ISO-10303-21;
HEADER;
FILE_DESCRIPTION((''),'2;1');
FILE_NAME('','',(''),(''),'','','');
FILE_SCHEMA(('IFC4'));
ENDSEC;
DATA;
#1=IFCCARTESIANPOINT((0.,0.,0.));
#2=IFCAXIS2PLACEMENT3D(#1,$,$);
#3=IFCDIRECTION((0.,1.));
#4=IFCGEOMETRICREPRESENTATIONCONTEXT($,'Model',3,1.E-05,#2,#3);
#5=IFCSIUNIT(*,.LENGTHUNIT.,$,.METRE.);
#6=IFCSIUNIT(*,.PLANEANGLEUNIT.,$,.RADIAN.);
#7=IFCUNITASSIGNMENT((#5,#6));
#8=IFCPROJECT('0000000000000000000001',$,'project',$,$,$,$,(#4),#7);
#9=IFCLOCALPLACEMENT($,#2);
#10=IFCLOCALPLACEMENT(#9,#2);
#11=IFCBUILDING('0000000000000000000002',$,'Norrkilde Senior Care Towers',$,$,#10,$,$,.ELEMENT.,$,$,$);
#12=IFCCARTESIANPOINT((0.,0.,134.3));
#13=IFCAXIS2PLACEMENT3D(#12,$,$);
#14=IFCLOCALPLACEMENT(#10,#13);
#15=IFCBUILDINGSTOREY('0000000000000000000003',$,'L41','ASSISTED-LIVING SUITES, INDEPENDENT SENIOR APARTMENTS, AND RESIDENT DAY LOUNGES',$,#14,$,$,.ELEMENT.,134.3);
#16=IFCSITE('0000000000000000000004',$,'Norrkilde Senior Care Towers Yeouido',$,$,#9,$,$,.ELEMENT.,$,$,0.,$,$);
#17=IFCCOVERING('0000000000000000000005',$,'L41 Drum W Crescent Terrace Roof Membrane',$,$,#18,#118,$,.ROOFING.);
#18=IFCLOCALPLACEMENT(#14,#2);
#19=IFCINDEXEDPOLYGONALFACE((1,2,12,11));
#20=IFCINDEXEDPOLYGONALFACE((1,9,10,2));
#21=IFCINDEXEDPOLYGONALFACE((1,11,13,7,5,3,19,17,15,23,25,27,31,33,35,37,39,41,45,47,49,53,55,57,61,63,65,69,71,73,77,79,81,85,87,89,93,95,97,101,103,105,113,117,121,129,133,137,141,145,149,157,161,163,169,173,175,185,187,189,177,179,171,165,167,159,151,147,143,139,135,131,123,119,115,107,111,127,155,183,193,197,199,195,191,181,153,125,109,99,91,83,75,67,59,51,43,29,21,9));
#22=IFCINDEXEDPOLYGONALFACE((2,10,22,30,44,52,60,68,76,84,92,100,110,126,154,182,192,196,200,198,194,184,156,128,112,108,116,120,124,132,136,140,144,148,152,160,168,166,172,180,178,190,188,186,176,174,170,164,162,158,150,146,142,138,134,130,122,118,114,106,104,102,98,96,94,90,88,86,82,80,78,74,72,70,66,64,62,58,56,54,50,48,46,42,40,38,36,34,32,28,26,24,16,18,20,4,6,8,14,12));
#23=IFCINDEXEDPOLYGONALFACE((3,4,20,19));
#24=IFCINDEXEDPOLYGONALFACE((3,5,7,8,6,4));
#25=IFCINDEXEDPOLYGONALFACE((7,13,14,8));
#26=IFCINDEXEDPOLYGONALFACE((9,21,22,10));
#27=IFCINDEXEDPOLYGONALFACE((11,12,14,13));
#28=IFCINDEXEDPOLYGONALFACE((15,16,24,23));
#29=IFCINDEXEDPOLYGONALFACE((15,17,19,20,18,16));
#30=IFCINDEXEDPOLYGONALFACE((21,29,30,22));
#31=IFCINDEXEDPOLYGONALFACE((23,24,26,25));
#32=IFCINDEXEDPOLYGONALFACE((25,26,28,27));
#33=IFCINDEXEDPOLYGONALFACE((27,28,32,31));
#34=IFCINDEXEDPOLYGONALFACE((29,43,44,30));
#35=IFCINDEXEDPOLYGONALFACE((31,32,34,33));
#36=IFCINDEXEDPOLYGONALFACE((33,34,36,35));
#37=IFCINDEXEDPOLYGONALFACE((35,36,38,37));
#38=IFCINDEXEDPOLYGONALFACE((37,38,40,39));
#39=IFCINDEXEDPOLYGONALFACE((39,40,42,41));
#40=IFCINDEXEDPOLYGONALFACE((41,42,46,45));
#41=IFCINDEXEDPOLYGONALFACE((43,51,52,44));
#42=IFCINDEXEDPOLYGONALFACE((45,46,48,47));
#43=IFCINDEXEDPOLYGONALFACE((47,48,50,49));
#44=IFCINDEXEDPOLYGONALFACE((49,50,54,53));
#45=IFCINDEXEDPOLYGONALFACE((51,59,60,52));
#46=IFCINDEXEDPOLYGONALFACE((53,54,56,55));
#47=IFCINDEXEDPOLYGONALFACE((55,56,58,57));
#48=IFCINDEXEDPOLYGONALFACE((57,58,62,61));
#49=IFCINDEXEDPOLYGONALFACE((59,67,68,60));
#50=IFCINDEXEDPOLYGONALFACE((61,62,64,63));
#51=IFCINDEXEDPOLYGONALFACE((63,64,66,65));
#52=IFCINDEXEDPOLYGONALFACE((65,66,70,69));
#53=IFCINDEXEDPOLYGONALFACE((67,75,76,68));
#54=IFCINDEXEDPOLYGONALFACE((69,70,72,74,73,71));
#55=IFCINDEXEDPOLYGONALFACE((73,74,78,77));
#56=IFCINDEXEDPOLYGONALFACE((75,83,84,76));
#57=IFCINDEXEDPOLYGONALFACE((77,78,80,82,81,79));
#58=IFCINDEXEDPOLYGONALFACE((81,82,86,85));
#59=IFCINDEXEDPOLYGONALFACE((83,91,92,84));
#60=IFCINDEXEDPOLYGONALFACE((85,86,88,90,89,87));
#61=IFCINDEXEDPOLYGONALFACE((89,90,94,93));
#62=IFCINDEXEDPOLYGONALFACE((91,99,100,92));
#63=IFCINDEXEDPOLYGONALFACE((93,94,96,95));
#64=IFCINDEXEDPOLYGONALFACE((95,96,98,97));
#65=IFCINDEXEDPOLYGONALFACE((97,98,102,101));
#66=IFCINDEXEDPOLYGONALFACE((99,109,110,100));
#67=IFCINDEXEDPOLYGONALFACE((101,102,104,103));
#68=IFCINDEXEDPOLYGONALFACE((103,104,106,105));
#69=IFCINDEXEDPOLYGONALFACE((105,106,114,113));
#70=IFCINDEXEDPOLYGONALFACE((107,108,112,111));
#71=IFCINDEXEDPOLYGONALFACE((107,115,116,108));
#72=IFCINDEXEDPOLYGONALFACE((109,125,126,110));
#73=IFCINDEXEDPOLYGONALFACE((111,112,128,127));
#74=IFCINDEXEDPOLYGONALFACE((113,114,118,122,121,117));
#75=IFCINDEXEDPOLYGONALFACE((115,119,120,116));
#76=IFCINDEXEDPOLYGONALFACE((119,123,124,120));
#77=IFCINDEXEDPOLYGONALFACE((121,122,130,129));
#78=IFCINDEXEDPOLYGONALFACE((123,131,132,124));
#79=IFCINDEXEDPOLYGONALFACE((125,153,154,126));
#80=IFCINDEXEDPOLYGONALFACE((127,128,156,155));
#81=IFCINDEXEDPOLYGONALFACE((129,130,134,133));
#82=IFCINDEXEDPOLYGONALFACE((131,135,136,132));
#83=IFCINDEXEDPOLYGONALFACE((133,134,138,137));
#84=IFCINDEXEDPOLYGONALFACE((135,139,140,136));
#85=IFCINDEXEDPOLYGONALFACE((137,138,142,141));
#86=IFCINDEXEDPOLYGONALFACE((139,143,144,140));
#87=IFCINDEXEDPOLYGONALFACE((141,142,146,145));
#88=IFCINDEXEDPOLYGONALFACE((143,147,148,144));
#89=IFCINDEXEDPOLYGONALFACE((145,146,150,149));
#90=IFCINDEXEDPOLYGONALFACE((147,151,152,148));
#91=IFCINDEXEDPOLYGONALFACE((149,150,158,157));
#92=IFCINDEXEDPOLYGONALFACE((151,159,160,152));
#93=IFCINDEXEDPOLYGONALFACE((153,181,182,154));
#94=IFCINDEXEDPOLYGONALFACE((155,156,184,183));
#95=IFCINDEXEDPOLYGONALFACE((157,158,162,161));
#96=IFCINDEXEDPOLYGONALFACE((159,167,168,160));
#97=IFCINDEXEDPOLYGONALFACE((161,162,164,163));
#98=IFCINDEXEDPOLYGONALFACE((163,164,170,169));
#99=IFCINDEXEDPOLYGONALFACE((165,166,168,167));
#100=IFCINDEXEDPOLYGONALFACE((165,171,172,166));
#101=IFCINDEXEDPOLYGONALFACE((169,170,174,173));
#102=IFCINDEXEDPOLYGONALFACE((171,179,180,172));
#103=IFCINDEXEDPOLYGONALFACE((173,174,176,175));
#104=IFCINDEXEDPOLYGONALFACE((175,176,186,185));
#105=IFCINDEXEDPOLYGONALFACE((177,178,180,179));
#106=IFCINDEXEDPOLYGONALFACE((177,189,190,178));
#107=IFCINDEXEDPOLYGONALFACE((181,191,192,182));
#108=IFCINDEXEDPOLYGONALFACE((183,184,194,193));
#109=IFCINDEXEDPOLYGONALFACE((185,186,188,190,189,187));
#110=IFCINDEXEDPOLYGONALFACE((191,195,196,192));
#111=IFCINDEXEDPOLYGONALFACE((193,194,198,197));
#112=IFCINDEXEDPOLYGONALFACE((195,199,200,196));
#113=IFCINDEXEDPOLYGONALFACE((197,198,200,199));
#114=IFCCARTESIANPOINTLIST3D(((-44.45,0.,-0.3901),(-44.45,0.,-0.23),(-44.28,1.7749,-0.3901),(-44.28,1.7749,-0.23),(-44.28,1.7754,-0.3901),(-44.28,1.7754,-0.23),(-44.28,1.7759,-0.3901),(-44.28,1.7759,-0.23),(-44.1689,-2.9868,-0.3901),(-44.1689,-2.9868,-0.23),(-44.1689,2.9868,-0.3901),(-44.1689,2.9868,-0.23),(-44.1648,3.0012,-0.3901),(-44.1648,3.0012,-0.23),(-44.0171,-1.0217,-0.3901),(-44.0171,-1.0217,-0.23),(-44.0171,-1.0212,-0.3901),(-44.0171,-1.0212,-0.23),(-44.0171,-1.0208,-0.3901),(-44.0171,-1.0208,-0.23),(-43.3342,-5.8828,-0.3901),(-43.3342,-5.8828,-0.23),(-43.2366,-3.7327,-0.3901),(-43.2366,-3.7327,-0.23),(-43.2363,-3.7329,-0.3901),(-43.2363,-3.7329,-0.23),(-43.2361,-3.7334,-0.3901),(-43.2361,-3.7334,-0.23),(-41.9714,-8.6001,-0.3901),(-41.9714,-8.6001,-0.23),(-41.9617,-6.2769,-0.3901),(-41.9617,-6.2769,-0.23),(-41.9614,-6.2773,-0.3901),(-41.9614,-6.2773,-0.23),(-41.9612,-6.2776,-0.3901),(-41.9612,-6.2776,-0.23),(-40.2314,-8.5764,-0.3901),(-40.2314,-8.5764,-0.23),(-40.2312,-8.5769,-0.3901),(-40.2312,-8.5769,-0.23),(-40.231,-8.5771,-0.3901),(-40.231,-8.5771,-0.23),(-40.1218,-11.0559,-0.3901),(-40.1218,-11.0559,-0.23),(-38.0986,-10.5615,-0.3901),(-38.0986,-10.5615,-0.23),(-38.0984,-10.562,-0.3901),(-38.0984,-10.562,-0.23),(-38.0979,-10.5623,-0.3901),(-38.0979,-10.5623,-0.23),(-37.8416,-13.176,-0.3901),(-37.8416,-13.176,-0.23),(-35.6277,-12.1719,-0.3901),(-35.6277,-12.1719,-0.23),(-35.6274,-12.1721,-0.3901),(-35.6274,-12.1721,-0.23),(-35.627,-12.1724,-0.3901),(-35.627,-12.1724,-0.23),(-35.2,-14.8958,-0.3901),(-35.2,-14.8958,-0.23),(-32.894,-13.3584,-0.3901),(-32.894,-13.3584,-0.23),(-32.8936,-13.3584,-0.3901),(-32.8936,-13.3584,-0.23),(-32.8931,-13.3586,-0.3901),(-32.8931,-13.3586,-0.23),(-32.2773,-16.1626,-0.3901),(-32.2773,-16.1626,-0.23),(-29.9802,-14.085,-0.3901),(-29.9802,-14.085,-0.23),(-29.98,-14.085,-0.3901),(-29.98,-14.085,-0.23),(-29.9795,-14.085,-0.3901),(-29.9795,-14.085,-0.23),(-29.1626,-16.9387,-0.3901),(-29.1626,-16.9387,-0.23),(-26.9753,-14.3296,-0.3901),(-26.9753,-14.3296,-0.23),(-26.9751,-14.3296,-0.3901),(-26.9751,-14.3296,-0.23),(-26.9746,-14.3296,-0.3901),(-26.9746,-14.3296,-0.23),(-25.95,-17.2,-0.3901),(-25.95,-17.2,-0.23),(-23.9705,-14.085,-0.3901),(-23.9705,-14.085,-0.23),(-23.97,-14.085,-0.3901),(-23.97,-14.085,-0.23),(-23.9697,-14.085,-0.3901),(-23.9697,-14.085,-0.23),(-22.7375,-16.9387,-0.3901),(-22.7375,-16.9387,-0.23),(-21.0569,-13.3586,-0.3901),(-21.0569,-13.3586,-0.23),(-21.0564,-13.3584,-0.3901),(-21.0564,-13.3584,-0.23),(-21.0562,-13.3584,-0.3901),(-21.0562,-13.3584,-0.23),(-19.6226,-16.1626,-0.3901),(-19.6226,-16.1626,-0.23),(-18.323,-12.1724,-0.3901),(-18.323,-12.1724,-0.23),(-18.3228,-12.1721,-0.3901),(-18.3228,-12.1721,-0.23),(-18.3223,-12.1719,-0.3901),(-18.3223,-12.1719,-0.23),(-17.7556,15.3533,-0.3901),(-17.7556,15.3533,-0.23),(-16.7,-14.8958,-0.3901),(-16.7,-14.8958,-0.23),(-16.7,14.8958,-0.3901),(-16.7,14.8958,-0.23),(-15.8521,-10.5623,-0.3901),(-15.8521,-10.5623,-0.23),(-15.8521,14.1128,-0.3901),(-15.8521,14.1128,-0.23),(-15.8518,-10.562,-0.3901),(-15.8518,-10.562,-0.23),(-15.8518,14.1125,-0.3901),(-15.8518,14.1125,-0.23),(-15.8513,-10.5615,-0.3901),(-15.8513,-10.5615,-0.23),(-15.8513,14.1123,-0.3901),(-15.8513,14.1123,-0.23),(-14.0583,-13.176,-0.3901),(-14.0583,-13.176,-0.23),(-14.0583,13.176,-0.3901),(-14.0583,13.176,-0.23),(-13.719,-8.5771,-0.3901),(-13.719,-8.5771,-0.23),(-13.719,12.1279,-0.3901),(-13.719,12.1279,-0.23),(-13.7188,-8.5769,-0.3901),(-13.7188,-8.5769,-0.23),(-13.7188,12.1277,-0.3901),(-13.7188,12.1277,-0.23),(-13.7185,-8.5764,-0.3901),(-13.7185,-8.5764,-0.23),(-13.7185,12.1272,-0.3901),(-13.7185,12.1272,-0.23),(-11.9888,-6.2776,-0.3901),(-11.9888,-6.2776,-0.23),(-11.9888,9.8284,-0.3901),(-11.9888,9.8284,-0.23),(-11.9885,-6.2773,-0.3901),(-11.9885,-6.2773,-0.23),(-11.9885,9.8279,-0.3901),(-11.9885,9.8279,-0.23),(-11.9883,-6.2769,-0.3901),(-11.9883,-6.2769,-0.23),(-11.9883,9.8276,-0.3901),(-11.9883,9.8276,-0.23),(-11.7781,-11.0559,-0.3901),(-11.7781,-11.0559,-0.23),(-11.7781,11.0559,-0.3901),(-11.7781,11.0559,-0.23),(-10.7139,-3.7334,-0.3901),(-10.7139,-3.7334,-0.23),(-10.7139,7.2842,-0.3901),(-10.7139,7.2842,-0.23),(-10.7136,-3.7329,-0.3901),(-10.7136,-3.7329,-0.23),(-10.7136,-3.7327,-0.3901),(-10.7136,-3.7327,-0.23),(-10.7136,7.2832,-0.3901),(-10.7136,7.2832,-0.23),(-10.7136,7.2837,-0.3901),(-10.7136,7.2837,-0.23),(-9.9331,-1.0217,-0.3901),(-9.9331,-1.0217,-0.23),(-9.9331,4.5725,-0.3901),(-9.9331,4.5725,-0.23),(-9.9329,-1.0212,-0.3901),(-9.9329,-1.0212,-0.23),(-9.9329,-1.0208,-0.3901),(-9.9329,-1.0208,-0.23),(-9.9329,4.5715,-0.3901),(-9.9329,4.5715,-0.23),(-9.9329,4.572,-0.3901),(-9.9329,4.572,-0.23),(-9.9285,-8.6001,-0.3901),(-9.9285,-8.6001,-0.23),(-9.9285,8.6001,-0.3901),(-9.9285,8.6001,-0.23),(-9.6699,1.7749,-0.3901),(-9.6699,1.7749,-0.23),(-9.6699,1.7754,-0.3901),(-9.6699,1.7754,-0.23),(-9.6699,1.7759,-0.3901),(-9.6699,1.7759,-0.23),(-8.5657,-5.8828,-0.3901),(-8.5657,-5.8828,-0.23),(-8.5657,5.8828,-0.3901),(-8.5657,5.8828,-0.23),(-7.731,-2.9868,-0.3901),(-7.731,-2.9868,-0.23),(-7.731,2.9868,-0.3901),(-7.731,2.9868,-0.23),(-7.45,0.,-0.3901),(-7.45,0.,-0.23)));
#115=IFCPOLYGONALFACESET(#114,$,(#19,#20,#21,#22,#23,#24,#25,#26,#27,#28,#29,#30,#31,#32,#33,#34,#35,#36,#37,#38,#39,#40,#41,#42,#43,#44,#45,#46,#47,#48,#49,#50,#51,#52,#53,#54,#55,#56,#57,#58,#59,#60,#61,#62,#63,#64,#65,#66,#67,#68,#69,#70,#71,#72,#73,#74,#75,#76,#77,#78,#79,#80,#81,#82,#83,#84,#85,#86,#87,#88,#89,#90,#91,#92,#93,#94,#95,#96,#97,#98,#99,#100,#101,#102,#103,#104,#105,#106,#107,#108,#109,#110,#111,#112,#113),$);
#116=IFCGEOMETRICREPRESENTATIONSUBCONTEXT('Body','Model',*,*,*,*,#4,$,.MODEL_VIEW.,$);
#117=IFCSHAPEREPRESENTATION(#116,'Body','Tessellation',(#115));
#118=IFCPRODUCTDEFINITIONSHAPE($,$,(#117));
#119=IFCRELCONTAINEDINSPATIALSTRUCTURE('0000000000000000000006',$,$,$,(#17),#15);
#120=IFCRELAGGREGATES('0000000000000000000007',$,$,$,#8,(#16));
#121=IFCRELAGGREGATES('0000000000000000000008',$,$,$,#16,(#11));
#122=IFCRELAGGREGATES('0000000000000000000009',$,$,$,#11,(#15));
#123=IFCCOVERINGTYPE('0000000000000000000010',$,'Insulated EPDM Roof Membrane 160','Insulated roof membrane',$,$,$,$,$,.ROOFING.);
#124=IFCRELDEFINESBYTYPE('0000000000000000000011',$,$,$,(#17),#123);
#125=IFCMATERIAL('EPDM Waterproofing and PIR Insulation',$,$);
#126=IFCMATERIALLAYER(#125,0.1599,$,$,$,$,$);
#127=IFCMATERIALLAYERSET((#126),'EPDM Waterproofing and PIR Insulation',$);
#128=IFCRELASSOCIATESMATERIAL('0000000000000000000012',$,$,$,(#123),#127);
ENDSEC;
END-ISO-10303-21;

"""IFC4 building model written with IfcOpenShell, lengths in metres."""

from ifc_helpers import new_model, si_unit, direction, frame, origin, place, context, subcontext, project, spatial, polyline, outline, extrude, material, layer, layer_set, type_object, element, save


model = new_model("IFC4")

# Units and contexts
model_context = context("Model", 3, precision=1e-05, world=origin(), true_north=direction((0.0, 1.0)))
body_context = subcontext(model_context, "Body", "Model", "MODEL_VIEW")
ifc_project = project(units=[si_unit("LENGTHUNIT", "METRE"), si_unit("PLANEANGLEUNIT", "RADIAN")], contexts=[model_context])

# Site, building, storey
site_placement = place(None, origin())
site = spatial("IfcSite", under=ifc_project, at=site_placement, Name="Norrkilde Senior Care Towers Yeouido", CompositionType="ELEMENT", RefElevation=0.0)
building_placement = place(site_placement, origin())
building = spatial("IfcBuilding", under=site, at=building_placement, Name="Norrkilde Senior Care Towers", CompositionType="ELEMENT")
storey_placement = place(building_placement, frame((0.0, 0.0, 134.3)))
storey = spatial("IfcBuildingStorey", under=building, at=storey_placement, Name="L41", Description="ASSISTED-LIVING SUITES, INDEPENDENT SENIOR APARTMENTS, AND RESIDENT DAY LOUNGES", CompositionType="ELEMENT", Elevation=134.3)

# Covering
ifc_material_1 = material(Name="EPDM Waterproofing and PIR Insulation")
ifc_layer_1 = layer(ifc_material_1, 0.1599)
ifc_layer_set_1 = layer_set([ifc_layer_1], Name="EPDM Waterproofing and PIR Insulation")
covering_type_1 = type_object("IfcCoveringType", Name="Insulated EPDM Roof Membrane 160", Description="Insulated roof membrane", PredefinedType="ROOFING", material=ifc_layer_set_1)
covering_1_placement = place(storey_placement, frame((0.0, 0.0, -0.3901)))
element("IfcCovering", 1, at=covering_1_placement, inside=storey, type_object=covering_type_1, Name="L41 Drum W Crescent Terrace Roof Membrane", PredefinedType="ROOFING", context=body_context, shape_type="SweptSolid", body=[
    extrude(outline(polyline([(-16.7, 14.8958), (-14.0583, 13.176), (-11.7781, 11.0559), (-9.9285, 8.6001), (-8.5657, 5.8828), (-7.731, 2.9868), (-7.45, 0.0), (-7.731, -2.9868), (-8.5657, -5.8828), (-9.9285, -8.6001), (-11.7781, -11.0559), (-14.0583, -13.176), (-16.7, -14.8958), (-19.6226, -16.1626), (-22.7375, -16.9387), (-25.95, -17.2), (-29.1626, -16.9387), (-32.2773, -16.1626), (-35.2, -14.8958), (-37.8416, -13.176), (-40.1218, -11.0559), (-41.9714, -8.6001), (-43.3342, -5.8828), (-44.1689, -2.9868), (-44.45, 0.0), (-44.1689, 2.9868), (-44.1648, 3.0012), (-44.28, 1.7759), (-44.28, 1.7754), (-44.28, 1.7749), (-44.0171, -1.0208), (-44.0171, -1.0212), (-44.0171, -1.0217), (-43.2366, -3.7327), (-43.2363, -3.7329), (-43.2361, -3.7334), (-41.9617, -6.2769), (-41.9614, -6.2773), (-41.9612, -6.2776), (-40.2314, -8.5764), (-40.2312, -8.5769), (-40.231, -8.5771), (-38.0986, -10.5615), (-38.0984, -10.562), (-38.0979, -10.5623), (-35.6277, -12.1719), (-35.6274, -12.1721), (-35.627, -12.1724), (-32.894, -13.3584), (-32.8936, -13.3584), (-32.8931, -13.3586), (-29.9802, -14.085), (-29.98, -14.085), (-29.9795, -14.085), (-26.9753, -14.3296), (-26.9751, -14.3296), (-26.9746, -14.3296), (-23.9705, -14.085), (-23.97, -14.085), (-23.9697, -14.085), (-21.0569, -13.3586), (-21.0564, -13.3584), (-21.0562, -13.3584), (-18.323, -12.1724), (-18.3228, -12.1721), (-18.3223, -12.1719), (-15.8521, -10.5623), (-15.8518, -10.562), (-15.8513, -10.5615), (-13.719, -8.5771), (-13.7188, -8.5769), (-13.7185, -8.5764), (-11.9888, -6.2776), (-11.9885, -6.2773), (-11.9883, -6.2769), (-10.7139, -3.7334), (-10.7136, -3.7329), (-10.7136, -3.7327), (-9.9331, -1.0217), (-9.9329, -1.0212), (-9.9329, -1.0208), (-9.6699, 1.7749), (-9.6699, 1.7754), (-9.6699, 1.7759), (-9.9329, 4.5715), (-9.9329, 4.572), (-9.9331, 4.5725), (-10.7136, 7.2832), (-10.7136, 7.2837), (-10.7139, 7.2842), (-11.9883, 9.8276), (-11.9885, 9.8279), (-11.9888, 9.8284), (-13.7185, 12.1272), (-13.7188, 12.1277), (-13.719, 12.1279), (-15.8513, 14.1123), (-15.8518, 14.1125), (-15.8521, 14.1128), (-17.7556, 15.3533), (-16.7, 14.8958)])), origin(), (0.0, 0.0, 1.0), 0.1602),
])

save(model, "model.ifc")
